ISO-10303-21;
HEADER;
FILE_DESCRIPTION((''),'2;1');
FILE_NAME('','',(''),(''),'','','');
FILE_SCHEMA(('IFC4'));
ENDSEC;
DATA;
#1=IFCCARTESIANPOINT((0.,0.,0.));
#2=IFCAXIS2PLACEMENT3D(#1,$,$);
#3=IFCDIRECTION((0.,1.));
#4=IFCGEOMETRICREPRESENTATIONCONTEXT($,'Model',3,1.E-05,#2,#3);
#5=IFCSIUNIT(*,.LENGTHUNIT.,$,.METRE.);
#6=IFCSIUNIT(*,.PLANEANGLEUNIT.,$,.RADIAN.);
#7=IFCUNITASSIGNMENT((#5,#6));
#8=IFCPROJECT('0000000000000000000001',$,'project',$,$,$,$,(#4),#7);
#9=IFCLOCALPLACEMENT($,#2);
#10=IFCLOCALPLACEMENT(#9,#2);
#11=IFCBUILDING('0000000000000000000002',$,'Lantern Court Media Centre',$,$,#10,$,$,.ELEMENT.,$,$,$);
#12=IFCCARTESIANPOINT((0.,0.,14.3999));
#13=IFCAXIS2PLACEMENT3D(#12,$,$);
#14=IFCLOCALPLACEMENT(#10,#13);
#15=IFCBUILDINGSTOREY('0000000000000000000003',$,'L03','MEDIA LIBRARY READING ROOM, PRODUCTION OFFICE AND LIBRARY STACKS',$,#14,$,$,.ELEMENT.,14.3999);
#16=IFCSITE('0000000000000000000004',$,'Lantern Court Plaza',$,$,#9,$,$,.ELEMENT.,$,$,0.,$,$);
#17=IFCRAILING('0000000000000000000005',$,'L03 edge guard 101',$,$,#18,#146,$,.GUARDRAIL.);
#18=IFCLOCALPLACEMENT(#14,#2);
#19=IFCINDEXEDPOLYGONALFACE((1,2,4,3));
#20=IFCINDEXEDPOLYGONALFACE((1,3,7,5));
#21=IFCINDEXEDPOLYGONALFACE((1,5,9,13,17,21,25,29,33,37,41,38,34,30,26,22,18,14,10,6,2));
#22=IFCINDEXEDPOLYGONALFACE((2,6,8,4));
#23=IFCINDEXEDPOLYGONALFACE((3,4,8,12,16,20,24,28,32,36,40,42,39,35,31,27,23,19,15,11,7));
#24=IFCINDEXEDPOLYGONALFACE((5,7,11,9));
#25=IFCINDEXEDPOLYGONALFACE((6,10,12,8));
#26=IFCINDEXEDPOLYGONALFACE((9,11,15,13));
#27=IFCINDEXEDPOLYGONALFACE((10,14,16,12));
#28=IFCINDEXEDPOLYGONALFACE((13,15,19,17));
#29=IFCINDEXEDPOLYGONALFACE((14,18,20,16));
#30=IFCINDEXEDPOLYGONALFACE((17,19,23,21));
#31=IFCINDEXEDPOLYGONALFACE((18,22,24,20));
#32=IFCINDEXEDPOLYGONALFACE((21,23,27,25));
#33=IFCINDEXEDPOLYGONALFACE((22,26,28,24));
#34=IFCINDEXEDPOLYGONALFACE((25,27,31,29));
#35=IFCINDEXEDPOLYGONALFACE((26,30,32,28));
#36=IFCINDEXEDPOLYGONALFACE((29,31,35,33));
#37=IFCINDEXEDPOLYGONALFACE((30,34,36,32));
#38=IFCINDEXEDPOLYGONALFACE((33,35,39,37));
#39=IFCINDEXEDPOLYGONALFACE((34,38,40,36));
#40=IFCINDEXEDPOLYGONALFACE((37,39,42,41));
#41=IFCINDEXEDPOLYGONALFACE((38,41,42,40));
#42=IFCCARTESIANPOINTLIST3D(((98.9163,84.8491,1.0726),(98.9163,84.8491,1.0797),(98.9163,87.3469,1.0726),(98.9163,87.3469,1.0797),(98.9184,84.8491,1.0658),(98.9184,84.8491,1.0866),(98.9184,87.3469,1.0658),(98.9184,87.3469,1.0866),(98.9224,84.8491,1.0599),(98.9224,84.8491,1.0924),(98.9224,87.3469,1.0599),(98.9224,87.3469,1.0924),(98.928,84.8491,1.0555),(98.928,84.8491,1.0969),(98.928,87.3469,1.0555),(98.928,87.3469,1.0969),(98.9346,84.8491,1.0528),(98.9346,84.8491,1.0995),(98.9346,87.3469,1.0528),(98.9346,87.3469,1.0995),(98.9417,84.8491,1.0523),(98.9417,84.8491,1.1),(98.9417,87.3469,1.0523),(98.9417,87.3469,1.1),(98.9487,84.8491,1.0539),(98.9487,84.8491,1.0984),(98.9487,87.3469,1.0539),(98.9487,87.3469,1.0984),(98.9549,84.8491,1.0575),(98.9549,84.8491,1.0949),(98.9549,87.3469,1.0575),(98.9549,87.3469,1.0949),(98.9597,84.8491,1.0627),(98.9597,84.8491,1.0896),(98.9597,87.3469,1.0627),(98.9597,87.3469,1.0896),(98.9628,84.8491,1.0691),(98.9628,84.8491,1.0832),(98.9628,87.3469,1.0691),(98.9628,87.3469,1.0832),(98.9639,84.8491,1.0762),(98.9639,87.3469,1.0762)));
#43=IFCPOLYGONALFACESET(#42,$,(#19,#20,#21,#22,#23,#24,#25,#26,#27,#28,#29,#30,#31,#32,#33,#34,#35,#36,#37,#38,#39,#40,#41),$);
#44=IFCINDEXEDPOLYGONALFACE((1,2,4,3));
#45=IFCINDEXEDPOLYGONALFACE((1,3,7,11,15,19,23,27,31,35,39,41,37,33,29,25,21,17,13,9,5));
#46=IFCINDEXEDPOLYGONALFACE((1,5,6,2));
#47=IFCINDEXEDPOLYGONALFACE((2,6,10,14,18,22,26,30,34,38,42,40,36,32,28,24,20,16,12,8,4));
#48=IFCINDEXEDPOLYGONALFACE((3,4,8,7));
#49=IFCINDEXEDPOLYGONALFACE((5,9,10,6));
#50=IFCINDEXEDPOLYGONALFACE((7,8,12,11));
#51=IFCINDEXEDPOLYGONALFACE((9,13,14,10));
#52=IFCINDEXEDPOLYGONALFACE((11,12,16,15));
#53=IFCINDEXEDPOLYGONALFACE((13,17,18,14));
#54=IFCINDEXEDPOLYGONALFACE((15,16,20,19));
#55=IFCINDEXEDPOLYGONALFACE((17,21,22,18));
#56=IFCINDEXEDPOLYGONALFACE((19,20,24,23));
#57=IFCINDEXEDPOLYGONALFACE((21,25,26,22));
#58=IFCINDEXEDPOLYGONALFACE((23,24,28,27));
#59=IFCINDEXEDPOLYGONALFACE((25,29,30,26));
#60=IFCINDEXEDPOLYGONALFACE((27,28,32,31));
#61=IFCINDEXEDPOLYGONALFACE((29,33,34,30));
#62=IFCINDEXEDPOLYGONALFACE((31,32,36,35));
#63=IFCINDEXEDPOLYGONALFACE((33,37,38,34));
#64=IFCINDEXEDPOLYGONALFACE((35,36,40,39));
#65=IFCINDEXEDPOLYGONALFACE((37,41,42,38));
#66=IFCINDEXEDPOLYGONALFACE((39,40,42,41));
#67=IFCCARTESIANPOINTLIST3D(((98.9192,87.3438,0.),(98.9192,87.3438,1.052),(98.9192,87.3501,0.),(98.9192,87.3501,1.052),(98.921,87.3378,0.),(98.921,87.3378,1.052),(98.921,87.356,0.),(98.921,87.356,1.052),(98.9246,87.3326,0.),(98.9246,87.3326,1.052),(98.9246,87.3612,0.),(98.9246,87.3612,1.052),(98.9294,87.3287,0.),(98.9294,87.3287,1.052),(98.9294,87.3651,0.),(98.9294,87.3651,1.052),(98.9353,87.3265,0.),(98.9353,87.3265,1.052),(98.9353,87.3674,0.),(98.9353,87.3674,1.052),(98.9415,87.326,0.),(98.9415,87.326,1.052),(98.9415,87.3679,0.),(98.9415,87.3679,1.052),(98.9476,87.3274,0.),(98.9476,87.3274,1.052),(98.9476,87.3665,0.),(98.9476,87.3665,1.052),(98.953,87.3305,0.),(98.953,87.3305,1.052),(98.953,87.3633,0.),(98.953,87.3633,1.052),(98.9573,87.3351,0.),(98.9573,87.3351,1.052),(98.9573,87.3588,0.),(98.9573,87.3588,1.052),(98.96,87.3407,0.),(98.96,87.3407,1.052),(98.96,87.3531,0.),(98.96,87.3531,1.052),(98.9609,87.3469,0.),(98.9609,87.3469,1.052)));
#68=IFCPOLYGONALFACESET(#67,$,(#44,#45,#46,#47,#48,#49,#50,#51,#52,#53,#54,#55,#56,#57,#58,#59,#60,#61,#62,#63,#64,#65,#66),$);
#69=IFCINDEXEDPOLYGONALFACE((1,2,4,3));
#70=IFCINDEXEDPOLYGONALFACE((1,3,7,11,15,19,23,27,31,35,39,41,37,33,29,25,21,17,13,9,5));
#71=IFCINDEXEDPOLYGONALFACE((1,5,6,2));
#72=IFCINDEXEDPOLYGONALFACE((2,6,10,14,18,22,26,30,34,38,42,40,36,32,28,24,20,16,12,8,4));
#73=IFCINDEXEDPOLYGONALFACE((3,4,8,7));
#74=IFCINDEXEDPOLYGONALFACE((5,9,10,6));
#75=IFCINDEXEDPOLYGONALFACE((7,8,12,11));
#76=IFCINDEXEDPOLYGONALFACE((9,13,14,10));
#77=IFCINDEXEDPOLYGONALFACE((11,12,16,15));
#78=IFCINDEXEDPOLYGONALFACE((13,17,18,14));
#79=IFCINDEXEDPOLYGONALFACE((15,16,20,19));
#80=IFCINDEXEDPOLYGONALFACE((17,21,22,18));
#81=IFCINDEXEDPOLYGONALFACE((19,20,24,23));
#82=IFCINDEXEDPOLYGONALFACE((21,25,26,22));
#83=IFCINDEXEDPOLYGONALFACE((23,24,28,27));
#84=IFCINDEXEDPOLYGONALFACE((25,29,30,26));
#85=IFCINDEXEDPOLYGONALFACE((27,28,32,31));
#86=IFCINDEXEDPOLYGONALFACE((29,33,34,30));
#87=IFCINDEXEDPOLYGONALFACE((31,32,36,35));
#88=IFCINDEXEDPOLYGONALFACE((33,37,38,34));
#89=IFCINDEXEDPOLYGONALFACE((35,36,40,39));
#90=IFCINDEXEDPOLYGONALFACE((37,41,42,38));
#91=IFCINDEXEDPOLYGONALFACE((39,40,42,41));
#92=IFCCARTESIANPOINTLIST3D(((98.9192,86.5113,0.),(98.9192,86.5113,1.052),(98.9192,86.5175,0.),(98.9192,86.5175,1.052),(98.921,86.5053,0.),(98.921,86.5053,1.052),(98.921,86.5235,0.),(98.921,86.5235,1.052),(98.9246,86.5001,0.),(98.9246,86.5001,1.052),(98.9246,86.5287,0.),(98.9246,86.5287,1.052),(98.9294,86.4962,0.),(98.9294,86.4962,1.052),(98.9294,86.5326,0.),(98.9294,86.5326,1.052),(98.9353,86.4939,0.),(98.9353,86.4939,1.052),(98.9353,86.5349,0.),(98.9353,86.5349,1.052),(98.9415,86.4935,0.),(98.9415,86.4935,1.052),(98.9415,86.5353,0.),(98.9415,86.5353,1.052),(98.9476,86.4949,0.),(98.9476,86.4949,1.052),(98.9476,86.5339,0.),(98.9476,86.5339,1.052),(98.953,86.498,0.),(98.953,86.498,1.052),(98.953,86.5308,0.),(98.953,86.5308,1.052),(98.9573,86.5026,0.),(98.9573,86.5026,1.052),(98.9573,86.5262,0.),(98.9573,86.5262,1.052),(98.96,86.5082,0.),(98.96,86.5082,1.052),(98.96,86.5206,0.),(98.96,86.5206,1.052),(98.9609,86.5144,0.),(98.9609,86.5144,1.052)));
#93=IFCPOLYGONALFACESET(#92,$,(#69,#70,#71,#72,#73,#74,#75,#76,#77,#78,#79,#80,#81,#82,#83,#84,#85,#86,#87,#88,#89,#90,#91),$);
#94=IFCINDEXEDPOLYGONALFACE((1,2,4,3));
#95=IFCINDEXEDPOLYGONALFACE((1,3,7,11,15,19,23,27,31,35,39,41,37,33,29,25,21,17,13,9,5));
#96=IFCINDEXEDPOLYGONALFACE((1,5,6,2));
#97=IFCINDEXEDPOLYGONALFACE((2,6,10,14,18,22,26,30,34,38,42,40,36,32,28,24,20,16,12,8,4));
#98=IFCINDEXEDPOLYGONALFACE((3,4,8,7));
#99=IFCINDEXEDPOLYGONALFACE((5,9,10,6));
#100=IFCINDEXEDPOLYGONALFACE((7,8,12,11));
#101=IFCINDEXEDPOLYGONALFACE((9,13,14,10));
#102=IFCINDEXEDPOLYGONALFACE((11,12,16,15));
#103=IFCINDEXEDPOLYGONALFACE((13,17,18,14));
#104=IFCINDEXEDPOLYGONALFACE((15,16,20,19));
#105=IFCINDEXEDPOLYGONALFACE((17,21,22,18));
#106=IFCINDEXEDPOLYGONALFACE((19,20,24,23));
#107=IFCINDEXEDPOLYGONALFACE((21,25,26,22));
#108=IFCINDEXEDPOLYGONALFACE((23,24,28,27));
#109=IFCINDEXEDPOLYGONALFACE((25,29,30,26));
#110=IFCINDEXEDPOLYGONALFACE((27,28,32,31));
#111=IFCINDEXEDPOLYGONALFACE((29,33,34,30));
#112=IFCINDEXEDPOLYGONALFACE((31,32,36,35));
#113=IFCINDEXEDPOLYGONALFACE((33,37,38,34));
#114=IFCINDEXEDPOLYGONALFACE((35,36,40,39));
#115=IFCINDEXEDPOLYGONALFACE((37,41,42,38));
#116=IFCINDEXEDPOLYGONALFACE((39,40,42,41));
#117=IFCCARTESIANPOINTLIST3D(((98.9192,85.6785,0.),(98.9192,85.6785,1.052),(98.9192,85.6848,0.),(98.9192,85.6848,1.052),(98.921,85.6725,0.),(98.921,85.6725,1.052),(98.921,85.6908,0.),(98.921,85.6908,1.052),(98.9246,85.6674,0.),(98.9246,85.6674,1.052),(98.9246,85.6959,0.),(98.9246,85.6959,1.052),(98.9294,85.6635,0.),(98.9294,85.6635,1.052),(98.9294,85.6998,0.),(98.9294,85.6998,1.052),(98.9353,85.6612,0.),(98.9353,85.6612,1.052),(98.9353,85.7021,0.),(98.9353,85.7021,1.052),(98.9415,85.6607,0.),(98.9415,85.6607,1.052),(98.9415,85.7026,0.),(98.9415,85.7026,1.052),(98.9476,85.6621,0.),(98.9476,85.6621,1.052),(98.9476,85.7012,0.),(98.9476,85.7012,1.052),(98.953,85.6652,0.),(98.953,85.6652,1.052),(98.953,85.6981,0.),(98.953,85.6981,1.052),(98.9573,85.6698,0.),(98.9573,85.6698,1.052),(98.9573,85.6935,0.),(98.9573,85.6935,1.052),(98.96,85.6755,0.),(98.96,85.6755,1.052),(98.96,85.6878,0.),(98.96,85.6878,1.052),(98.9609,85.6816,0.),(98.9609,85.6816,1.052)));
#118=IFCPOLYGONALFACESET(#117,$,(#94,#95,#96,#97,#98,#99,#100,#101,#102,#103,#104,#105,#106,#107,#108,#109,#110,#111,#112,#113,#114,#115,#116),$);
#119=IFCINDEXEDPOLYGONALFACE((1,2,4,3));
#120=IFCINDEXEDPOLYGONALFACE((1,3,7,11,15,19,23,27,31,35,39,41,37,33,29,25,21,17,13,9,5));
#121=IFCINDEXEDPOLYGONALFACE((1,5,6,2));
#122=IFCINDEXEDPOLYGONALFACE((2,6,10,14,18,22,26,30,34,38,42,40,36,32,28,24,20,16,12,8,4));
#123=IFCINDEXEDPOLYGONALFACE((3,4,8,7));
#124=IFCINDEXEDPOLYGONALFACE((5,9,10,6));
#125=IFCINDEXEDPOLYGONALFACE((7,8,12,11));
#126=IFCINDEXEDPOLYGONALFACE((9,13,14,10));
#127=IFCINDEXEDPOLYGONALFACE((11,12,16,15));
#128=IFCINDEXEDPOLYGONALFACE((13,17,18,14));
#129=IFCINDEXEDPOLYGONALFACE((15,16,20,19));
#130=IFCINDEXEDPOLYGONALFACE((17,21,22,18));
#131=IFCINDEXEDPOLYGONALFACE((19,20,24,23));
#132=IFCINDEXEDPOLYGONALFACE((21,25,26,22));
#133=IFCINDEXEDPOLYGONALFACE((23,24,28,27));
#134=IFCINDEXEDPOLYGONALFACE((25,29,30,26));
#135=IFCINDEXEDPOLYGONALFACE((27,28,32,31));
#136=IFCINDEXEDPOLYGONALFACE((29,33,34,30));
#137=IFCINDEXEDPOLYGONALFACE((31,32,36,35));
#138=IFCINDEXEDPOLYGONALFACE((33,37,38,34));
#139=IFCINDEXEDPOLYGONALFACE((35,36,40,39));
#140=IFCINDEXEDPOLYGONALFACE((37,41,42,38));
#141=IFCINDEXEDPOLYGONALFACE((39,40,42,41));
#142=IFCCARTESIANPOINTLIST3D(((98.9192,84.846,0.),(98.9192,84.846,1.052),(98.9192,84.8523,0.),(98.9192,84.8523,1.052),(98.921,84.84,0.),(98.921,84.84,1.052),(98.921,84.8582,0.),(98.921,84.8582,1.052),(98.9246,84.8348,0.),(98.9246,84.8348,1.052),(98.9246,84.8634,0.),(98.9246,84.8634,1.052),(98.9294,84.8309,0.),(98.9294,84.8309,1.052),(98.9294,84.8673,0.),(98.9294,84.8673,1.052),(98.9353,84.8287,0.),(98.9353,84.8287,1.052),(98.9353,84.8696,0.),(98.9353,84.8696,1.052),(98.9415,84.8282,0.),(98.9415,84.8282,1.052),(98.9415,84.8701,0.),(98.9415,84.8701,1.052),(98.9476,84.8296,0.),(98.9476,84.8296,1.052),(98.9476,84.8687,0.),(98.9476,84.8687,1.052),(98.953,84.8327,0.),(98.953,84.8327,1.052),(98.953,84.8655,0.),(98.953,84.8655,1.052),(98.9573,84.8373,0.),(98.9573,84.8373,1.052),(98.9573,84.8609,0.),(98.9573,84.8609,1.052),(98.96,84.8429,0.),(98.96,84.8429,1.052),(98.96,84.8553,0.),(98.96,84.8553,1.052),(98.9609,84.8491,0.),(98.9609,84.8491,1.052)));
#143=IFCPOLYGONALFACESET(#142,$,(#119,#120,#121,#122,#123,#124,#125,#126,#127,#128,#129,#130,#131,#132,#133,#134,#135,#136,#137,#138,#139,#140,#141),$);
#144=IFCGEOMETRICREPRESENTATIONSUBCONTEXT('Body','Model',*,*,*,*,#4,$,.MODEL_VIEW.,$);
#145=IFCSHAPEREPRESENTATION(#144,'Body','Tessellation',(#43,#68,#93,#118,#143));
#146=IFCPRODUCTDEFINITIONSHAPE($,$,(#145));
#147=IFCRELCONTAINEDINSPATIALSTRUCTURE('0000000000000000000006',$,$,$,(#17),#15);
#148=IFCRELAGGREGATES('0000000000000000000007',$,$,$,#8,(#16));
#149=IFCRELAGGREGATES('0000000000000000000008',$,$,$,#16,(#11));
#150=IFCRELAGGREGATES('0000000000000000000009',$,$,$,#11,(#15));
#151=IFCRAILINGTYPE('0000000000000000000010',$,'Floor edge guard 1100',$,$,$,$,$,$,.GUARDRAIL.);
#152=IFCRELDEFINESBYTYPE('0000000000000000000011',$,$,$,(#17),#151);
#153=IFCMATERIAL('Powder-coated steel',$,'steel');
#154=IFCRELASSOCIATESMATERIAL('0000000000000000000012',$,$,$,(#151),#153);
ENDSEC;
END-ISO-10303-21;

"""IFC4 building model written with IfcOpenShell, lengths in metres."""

from ifc_helpers import new_model, si_unit, direction, frame, origin, origin_2d, place, context, subcontext, project, spatial, circle, extrude, material, type_object, element, save


model = new_model("IFC4")

# Units and contexts
model_context = context("Model", 3, precision=1e-05, world=origin(), true_north=direction((0.0, 1.0)))
body_context = subcontext(model_context, "Body", "Model", "MODEL_VIEW")
ifc_project = project(units=[si_unit("LENGTHUNIT", "METRE"), si_unit("PLANEANGLEUNIT", "RADIAN")], contexts=[model_context])

# Site, building, storey
site_placement = place(None, origin())
site = spatial("IfcSite", under=ifc_project, at=site_placement, Name="Lantern Court Plaza", CompositionType="ELEMENT", RefElevation=0.0)
building_placement = place(site_placement, origin())
building = spatial("IfcBuilding", under=site, at=building_placement, Name="Lantern Court Media Centre", CompositionType="ELEMENT")
storey_placement = place(building_placement, frame((0.0, 0.0, 14.3999)))
storey = spatial("IfcBuildingStorey", under=building, at=storey_placement, Name="L03", Description="MEDIA LIBRARY READING ROOM, PRODUCTION OFFICE AND LIBRARY STACKS", CompositionType="ELEMENT", Elevation=14.3999)

# Railing
ifc_material_1 = material(Name="Powder-coated steel", Category="steel")
railing_type = type_object("IfcRailingType", Name="Floor edge guard 1100", PredefinedType="GUARDRAIL", material=ifc_material_1)
railing_1_placement = place(storey_placement, frame((98.9399, 87.3469, 0.0)))
element("IfcRailing", 1, at=railing_1_placement, inside=storey, type_object=railing_type, Name="L03 edge guard 101", PredefinedType="GUARDRAIL", context=body_context, shape_type="SweptSolid", body=[
    extrude(circle(Radius=0.0239, at=origin_2d()), frame((0.0, 0.0, 1.0762), z_axis=(0.0, -1.0, 0.0), x_axis=(1.0, 0.0, 0.0)), (0.0, 0.0, 1.0), 2.4978),
    extrude(circle(Radius=0.021, at=origin_2d()), origin(), (0.0, 0.0, 1.0), 1.052),
    extrude(circle(Radius=0.021, at=origin_2d()), frame((0.0, -0.8325, 0.0)), (0.0, 0.0, 1.0), 1.052),
    extrude(circle(Radius=0.021, at=origin_2d()), frame((0.0, -1.6653, 0.0)), (0.0, 0.0, 1.0), 1.052),
    extrude(circle(Radius=0.021, at=origin_2d()), frame((0.0, -2.4978, 0.0)), (0.0, 0.0, 1.0), 1.052),
])

save(model, "model.ifc")
